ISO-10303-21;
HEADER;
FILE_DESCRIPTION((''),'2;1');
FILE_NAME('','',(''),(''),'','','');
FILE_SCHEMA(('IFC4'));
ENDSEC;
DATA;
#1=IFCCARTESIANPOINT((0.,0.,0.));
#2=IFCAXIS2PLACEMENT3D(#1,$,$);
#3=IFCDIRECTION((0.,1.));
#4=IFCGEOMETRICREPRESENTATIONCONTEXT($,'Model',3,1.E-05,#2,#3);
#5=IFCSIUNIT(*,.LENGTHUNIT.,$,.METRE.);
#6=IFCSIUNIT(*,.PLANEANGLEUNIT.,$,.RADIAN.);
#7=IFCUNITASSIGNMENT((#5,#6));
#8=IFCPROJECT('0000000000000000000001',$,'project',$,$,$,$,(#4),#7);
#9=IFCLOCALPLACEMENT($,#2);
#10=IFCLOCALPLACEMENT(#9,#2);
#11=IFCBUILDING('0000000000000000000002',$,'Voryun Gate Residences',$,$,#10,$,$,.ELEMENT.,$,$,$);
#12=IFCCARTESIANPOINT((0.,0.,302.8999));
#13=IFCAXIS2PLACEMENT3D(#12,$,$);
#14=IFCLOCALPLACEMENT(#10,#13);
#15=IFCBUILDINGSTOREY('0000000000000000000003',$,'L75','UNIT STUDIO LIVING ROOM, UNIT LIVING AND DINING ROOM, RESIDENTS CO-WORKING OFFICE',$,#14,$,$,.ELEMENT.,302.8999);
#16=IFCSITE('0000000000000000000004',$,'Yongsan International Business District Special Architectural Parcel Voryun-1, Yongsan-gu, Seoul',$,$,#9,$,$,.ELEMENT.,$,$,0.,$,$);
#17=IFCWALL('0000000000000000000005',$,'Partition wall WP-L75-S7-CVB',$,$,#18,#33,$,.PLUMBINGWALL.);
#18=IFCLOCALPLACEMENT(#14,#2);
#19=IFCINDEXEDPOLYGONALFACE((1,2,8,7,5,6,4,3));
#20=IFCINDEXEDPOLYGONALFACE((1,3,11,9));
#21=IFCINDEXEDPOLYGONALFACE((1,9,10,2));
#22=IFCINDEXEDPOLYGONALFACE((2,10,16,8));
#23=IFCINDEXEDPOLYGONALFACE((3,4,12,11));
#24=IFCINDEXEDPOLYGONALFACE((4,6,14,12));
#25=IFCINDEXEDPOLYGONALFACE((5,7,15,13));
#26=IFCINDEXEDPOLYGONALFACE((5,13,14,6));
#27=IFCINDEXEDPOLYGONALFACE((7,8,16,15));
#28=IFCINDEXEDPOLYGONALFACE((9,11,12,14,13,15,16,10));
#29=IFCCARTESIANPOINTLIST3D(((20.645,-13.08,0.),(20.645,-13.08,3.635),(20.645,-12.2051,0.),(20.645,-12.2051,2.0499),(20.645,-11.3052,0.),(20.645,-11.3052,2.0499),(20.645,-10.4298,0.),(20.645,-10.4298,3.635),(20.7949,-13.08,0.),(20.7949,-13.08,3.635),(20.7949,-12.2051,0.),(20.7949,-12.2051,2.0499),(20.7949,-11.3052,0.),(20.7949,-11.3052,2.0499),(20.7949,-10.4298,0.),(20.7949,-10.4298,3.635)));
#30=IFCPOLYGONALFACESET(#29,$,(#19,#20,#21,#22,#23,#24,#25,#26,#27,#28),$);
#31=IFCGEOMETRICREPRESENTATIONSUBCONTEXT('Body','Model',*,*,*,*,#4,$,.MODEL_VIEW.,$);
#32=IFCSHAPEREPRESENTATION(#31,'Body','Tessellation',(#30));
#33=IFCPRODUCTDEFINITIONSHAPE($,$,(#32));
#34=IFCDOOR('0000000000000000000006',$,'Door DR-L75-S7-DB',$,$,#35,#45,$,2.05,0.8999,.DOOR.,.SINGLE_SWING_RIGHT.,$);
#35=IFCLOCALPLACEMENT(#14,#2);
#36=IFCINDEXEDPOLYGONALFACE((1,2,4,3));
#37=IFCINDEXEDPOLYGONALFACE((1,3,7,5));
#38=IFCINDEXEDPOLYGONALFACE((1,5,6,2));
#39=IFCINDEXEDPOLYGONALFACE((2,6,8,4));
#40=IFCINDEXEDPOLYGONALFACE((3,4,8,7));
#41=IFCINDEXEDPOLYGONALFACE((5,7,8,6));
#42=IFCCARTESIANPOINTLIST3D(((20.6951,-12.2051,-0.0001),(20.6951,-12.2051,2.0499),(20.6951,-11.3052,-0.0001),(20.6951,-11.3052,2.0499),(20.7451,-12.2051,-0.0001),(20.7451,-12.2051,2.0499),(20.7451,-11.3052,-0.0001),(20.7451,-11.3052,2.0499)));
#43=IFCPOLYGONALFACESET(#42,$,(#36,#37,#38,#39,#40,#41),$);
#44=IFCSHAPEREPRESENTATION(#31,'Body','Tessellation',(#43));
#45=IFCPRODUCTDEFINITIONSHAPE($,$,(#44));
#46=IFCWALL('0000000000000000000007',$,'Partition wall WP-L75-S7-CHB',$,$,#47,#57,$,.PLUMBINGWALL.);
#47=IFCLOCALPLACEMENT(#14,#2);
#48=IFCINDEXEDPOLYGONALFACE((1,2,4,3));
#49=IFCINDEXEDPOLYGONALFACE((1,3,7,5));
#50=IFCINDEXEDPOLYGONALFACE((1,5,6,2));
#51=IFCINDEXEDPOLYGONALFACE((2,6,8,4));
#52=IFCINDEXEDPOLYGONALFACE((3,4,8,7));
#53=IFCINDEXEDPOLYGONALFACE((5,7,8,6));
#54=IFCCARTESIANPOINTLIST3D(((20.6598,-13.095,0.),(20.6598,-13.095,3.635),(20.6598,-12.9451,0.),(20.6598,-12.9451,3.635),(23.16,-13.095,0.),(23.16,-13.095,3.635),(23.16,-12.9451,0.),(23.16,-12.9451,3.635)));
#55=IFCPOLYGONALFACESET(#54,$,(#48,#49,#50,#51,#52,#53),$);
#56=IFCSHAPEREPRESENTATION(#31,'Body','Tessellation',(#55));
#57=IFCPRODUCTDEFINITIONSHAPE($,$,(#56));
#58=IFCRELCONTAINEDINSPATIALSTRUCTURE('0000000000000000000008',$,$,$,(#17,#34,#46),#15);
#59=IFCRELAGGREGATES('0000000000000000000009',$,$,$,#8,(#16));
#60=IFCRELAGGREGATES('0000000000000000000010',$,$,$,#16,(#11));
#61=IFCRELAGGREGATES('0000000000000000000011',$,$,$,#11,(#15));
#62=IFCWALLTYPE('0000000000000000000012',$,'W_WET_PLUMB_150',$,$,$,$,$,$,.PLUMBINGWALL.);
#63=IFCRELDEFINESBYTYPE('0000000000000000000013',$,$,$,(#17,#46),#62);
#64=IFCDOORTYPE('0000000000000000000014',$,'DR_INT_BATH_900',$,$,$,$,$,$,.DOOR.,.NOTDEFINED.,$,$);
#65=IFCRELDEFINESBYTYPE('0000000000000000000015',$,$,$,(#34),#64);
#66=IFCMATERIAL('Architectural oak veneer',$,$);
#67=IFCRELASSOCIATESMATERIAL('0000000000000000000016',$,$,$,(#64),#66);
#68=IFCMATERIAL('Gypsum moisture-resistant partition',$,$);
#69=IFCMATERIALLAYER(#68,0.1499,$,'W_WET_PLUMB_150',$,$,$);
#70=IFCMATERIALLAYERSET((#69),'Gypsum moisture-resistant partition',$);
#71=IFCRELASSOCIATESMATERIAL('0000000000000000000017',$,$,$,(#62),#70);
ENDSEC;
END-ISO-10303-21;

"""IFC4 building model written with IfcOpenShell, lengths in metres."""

from ifc_helpers import new_model, si_unit, direction, frame, frame_2d, origin, place, context, subcontext, project, spatial, rectangle, extrude, material, layer, layer_set, type_object, element, fill, save


model = new_model("IFC4")

# Units and contexts
model_context = context("Model", 3, precision=1e-05, world=origin(), true_north=direction((0.0, 1.0)))
body_context = subcontext(model_context, "Body", "Model", "MODEL_VIEW")
ifc_project = project(units=[si_unit("LENGTHUNIT", "METRE"), si_unit("PLANEANGLEUNIT", "RADIAN")], contexts=[model_context])

# Site, building, storey
site_placement = place(None, origin())
site = spatial("IfcSite", under=ifc_project, at=site_placement, Name="Yongsan International Business District Special Architectural Parcel Voryun-1, Yongsan-gu, Seoul", CompositionType="ELEMENT", RefElevation=0.0)
building_placement = place(site_placement, origin())
building = spatial("IfcBuilding", under=site, at=building_placement, Name="Voryun Gate Residences", CompositionType="ELEMENT")
storey_placement = place(building_placement, frame((0.0, 0.0, 302.8999)))
storey = spatial("IfcBuildingStorey", under=building, at=storey_placement, Name="L75", Description="UNIT STUDIO LIVING ROOM, UNIT LIVING AND DINING ROOM, RESIDENTS CO-WORKING OFFICE", CompositionType="ELEMENT", Elevation=302.8999)

# Wall, opening, door
ifc_material_1 = material(Name="Architectural oak veneer")
door_type = type_object("IfcDoorType", Name="DR_INT_BATH_900", OperationType="NOTDEFINED", PredefinedType="DOOR", material=ifc_material_1)
ifc_material_2 = material(Name="Gypsum moisture-resistant partition")
ifc_layer_1 = layer(ifc_material_2, 0.1499, Name="W_WET_PLUMB_150")
ifc_layer_set_1 = layer_set([ifc_layer_1], Name="Gypsum moisture-resistant partition")
wall_type_1 = type_object("IfcWallType", Name="W_WET_PLUMB_150", PredefinedType="PLUMBINGWALL", material=ifc_layer_set_1)
wall_1_placement = place(storey_placement, frame((20.72, -13.0801, 0.0), z_axis=(0.0, 0.0, 1.0), x_axis=(0.0, 1.0, 0.0)))
wall_1 = element("IfcWall", 1, at=wall_1_placement, inside=storey, type_object=wall_type_1, Name="Partition wall WP-L75-S7-CVB", PredefinedType="PLUMBINGWALL", context=body_context, shape_type="SweptSolid", body=[
    extrude(rectangle(XDim=2.6501, YDim=0.1499, at=frame_2d((1.3252, 0.0))), origin(), (0.0, 0.0, 1.0), 3.635),
])
opening_1_placement = place(wall_1_placement, frame((0.875, 0.0, 0.0)))
opening_1 = element("IfcOpeningElement", 2, at=opening_1_placement, cuts=wall_1, PredefinedType="OPENING", context=body_context, shape_type="SweptSolid", body=[
    extrude(rectangle(XDim=0.8999, YDim=2.05, at=frame_2d((0.45, 1.0249))), frame((0.0, 0.085, 0.0), z_axis=(0.0, -1.0, 0.0), x_axis=(1.0, 0.0, 0.0)), (0.0, 0.0, 1.0), 0.1699),
])
door_1_placement = place(opening_1_placement, origin())
door_1 = element("IfcDoor", 3, at=door_1_placement, inside=storey, type_object=door_type, Name="Door DR-L75-S7-DB", OperationType="SINGLE_SWING_RIGHT", OverallHeight=2.05, OverallWidth=0.8999, PredefinedType="DOOR", context=body_context, shape_type="SweptSolid", body=[
    extrude(rectangle(XDim=0.8999, YDim=2.05, at=frame_2d((0.45, 1.0249))), frame((0.0, 0.0249, 0.0), z_axis=(0.0, -1.0, 0.0), x_axis=(1.0, 0.0, 0.0)), (0.0, 0.0, 1.0), 0.05),
])
fill(opening_1, door_1)

# Wall
wall_2_placement = place(storey_placement, frame((20.6599, -13.02, 0.0), z_axis=(0.0, 0.0, 1.0), x_axis=(1.0, 0.0, 0.0)))
element("IfcWall", 4, at=wall_2_placement, inside=storey, type_object=wall_type_1, Name="Partition wall WP-L75-S7-CHB", PredefinedType="PLUMBINGWALL", context=body_context, shape_type="SweptSolid", body=[
    extrude(rectangle(XDim=2.5002, YDim=0.1499, at=frame_2d((1.25, 0.0))), origin(), (0.0, 0.0, 1.0), 3.635),
])

save(model, "model.ifc")
